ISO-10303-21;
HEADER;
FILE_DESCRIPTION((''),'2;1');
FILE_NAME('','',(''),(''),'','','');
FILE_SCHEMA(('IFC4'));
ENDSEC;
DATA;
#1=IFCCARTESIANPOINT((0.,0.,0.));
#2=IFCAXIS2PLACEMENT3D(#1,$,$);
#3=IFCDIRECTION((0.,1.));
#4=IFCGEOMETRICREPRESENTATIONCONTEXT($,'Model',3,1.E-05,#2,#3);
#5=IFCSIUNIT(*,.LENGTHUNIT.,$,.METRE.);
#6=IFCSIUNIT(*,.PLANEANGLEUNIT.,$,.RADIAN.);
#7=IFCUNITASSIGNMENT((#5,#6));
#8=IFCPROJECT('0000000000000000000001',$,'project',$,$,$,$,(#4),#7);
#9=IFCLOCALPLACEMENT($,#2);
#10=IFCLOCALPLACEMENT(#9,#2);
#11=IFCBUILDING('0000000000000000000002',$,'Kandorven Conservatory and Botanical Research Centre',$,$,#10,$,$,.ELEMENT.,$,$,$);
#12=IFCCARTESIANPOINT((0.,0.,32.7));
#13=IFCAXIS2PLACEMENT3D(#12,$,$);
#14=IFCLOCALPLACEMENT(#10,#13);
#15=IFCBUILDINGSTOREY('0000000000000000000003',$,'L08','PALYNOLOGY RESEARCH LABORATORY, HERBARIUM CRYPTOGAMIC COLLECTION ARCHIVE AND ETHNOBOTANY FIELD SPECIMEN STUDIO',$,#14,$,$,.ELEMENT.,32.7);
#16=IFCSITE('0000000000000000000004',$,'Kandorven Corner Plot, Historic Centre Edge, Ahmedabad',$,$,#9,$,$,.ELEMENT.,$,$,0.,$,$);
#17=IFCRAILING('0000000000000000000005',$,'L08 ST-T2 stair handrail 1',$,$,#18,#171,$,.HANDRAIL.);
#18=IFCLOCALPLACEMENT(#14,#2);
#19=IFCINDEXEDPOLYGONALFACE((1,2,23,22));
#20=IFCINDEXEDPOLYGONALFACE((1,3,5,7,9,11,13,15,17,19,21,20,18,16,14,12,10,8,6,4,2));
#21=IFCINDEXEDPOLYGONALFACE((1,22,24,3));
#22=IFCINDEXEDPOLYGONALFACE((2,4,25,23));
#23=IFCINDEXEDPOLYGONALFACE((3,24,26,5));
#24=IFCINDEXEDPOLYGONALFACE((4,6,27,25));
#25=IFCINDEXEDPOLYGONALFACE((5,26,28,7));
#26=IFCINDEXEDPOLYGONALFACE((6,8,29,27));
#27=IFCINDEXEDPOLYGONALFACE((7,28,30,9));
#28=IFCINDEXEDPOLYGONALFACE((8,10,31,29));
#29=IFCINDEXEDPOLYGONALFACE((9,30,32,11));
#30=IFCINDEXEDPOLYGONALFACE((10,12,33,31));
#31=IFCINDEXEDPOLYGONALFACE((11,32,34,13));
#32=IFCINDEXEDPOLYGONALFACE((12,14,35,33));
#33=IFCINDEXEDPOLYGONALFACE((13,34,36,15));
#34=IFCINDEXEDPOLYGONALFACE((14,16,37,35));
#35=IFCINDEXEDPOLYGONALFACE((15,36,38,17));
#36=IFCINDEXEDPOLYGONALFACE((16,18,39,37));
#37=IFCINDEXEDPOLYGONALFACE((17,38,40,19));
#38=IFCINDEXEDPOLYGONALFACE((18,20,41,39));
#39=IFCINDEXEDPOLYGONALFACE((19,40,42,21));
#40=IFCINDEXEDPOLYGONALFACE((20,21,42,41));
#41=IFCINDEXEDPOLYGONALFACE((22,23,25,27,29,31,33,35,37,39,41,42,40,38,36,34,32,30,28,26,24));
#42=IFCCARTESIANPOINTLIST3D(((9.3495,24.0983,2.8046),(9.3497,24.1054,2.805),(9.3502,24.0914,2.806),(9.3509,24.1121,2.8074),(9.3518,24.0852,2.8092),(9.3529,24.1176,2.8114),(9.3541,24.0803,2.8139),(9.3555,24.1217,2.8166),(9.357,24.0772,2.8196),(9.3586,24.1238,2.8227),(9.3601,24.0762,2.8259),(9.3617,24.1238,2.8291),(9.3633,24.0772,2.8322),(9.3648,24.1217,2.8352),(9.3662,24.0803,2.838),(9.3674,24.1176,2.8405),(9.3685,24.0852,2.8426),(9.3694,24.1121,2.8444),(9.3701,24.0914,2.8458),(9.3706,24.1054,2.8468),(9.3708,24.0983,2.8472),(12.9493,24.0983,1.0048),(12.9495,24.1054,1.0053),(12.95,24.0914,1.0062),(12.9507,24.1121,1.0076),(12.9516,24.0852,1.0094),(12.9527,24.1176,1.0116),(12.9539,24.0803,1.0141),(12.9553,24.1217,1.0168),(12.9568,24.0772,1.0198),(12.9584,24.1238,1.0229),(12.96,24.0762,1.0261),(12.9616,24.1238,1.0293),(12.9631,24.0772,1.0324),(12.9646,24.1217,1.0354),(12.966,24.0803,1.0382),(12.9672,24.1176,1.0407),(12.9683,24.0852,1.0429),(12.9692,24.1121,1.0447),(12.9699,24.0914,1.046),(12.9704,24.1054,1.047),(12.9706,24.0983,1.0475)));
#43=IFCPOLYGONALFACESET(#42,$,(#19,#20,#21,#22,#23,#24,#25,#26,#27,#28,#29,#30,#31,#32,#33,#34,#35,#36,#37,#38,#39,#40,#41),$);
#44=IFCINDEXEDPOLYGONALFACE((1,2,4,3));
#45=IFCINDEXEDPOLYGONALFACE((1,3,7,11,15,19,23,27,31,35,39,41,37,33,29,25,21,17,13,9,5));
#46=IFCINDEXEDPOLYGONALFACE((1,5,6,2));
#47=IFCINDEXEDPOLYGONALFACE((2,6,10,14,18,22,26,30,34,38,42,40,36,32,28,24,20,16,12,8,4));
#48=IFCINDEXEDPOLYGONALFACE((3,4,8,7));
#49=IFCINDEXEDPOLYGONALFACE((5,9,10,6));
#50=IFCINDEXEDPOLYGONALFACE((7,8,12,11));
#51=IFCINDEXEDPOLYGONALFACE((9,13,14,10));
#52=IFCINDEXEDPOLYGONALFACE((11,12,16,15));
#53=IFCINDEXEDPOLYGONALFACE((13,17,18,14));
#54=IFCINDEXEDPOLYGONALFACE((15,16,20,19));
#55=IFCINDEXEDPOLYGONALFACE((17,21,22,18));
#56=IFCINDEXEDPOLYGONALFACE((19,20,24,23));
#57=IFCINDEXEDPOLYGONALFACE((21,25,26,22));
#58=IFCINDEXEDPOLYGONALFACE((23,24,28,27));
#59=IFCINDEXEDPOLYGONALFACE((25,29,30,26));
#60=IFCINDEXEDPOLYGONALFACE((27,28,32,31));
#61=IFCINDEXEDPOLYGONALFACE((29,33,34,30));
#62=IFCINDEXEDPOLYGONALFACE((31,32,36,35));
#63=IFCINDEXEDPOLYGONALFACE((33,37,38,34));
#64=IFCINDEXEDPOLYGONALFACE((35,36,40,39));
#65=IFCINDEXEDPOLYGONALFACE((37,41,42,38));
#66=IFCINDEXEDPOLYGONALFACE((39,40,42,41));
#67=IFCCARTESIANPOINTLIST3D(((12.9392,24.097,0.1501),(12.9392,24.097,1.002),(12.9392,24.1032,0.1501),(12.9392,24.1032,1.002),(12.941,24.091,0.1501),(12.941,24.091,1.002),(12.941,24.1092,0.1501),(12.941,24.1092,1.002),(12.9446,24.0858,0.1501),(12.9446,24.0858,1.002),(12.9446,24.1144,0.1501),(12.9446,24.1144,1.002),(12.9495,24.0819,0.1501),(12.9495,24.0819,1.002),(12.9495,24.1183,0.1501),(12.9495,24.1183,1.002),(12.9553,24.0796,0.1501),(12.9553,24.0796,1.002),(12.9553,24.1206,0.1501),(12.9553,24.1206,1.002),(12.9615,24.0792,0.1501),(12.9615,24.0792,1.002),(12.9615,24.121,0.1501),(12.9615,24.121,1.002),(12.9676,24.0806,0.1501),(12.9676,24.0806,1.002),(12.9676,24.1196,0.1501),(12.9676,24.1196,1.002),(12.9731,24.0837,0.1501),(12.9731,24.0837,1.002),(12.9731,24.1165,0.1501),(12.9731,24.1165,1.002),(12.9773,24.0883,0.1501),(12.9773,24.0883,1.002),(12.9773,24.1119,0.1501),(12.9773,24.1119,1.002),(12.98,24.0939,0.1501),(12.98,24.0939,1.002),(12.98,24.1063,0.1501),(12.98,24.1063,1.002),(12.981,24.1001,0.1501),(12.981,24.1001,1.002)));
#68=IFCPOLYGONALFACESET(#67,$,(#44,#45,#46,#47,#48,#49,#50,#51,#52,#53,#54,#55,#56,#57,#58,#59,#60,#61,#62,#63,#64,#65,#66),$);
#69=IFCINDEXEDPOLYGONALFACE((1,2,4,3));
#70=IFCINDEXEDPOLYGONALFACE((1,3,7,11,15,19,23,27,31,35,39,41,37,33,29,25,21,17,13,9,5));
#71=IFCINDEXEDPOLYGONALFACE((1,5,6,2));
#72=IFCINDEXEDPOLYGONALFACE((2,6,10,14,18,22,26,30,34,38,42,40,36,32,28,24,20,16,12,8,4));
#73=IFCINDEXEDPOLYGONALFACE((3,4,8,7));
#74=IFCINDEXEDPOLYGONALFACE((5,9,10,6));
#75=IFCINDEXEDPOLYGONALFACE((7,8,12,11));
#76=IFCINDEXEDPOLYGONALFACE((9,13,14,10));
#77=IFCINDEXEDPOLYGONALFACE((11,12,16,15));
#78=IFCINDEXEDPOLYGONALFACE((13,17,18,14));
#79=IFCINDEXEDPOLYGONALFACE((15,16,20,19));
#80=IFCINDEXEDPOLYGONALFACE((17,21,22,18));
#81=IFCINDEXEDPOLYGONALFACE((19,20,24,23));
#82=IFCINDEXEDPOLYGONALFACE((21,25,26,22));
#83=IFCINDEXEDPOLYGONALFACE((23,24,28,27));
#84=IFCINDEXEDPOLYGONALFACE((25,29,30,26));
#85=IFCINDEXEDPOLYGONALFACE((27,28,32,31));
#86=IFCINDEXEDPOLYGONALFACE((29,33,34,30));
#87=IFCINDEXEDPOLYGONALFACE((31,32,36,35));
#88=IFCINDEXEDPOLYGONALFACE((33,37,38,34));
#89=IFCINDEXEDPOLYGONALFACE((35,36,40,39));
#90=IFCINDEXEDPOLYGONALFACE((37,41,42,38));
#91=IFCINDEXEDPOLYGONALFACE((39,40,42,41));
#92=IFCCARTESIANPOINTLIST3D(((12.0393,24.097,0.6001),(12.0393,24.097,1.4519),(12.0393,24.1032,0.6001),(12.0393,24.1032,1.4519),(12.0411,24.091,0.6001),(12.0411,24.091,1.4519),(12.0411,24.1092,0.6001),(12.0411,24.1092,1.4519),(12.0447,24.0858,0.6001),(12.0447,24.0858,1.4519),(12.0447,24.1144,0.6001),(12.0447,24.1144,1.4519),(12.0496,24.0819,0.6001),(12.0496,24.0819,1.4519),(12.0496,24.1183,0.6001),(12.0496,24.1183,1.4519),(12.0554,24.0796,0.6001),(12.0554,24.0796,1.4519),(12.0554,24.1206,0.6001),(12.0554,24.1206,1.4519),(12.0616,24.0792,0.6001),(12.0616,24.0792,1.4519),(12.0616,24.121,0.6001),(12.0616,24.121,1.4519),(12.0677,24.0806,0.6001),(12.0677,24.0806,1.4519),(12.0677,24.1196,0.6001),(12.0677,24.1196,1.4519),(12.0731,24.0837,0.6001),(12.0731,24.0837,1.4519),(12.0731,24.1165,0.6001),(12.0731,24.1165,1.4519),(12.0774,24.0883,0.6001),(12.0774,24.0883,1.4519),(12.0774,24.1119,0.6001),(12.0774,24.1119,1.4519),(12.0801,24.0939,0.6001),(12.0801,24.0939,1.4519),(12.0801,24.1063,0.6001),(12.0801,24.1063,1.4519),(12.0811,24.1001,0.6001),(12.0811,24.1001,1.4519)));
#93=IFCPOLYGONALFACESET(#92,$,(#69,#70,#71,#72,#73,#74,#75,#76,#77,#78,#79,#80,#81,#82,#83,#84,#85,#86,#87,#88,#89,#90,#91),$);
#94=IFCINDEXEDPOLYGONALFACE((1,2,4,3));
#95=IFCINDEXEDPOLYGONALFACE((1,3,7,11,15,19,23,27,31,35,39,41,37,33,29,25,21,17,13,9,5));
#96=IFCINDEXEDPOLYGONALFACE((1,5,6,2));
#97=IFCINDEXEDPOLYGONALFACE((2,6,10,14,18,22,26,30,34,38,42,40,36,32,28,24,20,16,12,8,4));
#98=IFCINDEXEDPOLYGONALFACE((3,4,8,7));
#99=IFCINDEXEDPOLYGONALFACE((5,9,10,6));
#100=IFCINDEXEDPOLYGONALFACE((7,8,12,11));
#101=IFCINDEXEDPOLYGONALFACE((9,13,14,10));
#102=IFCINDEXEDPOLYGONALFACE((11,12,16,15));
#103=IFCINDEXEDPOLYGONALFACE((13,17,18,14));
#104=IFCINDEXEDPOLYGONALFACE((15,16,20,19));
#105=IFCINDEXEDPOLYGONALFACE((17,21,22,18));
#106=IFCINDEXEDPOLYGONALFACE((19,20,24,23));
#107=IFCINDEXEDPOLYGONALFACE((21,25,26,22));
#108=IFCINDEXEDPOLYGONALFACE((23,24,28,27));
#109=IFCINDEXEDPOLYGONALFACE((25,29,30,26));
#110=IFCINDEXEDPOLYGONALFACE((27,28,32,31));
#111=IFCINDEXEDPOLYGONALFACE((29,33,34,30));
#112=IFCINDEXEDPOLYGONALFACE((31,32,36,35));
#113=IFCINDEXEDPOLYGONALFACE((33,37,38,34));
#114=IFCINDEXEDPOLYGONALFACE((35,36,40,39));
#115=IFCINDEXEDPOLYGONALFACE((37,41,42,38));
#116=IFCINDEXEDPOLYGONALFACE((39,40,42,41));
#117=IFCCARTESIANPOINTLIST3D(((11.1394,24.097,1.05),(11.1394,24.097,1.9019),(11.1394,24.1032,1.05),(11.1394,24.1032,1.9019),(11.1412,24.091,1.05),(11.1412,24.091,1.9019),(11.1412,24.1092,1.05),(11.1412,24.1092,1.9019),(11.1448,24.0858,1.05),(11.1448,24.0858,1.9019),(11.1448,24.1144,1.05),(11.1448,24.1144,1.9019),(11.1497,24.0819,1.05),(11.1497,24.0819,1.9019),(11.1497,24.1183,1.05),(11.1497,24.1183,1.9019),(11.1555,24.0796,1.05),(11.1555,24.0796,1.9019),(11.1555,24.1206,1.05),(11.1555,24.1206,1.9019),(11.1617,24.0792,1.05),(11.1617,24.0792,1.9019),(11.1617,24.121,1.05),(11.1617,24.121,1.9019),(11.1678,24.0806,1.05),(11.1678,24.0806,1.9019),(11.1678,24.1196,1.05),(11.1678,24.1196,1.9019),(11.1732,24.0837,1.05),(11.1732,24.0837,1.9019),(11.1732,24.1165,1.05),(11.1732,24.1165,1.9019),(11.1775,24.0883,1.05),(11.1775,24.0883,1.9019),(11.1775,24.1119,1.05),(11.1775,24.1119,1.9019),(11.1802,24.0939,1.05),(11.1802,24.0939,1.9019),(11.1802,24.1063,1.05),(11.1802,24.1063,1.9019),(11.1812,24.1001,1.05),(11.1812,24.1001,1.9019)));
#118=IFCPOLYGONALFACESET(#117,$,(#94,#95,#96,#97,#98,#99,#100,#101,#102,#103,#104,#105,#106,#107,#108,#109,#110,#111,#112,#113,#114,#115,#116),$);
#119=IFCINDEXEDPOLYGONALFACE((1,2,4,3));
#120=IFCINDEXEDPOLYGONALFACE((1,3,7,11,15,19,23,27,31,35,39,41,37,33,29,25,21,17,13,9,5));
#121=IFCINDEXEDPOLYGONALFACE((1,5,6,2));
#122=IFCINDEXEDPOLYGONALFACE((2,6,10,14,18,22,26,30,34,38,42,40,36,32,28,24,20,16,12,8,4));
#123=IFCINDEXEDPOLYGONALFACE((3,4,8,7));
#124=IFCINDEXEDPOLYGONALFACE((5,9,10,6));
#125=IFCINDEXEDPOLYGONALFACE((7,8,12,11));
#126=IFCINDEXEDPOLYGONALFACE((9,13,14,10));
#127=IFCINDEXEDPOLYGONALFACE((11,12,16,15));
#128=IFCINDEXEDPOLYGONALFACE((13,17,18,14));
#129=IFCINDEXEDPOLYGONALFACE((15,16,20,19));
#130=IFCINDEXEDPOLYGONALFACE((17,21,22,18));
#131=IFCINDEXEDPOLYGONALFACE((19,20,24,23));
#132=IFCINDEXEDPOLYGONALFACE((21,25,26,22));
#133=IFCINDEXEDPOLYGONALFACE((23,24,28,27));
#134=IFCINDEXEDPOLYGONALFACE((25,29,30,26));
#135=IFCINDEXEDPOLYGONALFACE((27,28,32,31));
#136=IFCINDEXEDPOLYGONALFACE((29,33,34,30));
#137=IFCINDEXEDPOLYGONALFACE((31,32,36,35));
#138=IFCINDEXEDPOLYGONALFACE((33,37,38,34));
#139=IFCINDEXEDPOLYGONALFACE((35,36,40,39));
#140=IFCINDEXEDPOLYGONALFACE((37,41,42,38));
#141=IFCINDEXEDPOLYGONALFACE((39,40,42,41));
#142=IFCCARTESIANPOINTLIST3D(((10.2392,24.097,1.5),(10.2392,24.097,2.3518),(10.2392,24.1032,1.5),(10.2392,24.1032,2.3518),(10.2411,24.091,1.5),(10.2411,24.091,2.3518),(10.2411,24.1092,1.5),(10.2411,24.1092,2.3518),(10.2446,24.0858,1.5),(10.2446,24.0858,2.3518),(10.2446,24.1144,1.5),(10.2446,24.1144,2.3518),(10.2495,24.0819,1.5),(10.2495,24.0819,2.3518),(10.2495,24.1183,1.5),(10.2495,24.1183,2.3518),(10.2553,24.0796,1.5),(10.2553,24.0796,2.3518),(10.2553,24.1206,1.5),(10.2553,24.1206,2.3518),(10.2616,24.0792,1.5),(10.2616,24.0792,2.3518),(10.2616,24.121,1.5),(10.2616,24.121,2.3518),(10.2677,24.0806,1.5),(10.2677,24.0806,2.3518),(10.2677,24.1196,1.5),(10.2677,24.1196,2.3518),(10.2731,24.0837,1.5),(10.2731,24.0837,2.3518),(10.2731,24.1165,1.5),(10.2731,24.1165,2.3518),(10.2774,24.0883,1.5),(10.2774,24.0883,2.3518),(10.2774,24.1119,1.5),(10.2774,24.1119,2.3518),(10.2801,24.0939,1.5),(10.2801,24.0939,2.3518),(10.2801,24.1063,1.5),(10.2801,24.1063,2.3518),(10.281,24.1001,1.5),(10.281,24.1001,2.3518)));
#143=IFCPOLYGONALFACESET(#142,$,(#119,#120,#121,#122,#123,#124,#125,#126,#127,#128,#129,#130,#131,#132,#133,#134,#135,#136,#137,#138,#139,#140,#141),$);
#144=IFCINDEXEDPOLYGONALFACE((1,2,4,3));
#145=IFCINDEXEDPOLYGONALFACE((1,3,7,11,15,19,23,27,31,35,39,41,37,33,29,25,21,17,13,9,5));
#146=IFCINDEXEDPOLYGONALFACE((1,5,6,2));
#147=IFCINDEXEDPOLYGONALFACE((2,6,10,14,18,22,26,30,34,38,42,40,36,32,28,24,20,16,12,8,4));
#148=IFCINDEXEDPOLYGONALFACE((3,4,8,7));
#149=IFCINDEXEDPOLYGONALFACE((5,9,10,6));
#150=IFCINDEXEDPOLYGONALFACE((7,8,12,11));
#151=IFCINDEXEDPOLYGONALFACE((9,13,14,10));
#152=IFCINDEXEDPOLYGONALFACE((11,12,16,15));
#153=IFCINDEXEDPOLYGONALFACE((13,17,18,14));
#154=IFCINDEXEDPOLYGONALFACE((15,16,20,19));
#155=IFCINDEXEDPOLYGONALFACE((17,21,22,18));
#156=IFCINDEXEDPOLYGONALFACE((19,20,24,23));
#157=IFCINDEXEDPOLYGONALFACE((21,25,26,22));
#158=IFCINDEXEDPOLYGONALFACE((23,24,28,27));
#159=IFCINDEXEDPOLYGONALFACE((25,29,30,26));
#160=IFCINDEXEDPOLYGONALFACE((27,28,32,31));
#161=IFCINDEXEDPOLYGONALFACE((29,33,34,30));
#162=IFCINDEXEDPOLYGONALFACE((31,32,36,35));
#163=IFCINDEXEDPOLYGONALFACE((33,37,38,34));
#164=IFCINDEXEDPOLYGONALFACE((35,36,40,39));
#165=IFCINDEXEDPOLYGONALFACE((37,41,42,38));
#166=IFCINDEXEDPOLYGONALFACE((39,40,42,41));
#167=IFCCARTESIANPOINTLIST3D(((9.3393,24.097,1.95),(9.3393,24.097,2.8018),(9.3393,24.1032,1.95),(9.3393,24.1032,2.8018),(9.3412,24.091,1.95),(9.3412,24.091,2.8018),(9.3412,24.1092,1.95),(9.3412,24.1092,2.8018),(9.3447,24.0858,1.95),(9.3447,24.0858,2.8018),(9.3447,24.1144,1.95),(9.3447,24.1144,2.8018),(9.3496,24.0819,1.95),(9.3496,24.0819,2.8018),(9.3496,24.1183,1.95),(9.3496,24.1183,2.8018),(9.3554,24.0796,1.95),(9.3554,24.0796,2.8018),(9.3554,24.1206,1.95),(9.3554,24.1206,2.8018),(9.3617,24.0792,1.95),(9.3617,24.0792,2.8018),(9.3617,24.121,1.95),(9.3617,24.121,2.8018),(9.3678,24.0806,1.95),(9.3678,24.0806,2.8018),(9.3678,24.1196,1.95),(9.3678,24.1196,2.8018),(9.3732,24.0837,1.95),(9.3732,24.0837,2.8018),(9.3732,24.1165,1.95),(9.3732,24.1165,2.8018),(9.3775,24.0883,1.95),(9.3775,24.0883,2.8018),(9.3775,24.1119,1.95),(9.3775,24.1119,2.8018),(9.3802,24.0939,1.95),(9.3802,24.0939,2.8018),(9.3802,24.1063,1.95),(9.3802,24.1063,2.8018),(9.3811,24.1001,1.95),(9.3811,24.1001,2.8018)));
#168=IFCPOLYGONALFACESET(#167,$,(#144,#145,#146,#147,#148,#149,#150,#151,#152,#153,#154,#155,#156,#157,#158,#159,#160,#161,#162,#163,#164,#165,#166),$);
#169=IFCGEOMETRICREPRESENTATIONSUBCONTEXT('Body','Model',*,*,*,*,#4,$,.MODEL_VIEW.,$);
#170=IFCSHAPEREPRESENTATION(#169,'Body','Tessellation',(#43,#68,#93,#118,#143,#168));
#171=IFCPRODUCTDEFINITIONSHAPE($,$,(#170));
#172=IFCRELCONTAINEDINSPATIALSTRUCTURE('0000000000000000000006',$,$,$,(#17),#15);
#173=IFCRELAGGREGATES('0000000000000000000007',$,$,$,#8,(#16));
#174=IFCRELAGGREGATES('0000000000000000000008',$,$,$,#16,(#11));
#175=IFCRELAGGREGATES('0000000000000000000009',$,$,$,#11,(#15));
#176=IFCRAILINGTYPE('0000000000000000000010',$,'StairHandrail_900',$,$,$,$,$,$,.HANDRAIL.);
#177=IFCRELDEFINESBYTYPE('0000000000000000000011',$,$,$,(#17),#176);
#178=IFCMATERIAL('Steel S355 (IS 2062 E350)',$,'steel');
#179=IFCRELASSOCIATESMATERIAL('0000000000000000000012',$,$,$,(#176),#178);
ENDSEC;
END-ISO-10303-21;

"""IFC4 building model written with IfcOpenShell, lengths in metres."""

from ifc_helpers import new_model, si_unit, direction, frame, origin, origin_2d, place, context, subcontext, project, spatial, circle, extrude, material, type_object, element, save


model = new_model("IFC4")

# Units and contexts
model_context = context("Model", 3, precision=1e-05, world=origin(), true_north=direction((0.0, 1.0)))
body_context = subcontext(model_context, "Body", "Model", "MODEL_VIEW")
ifc_project = project(units=[si_unit("LENGTHUNIT", "METRE"), si_unit("PLANEANGLEUNIT", "RADIAN")], contexts=[model_context])

# Site, building, storey
site_placement = place(None, origin())
site = spatial("IfcSite", under=ifc_project, at=site_placement, Name="Kandorven Corner Plot, Historic Centre Edge, Ahmedabad", CompositionType="ELEMENT", RefElevation=0.0)
building_placement = place(site_placement, origin())
building = spatial("IfcBuilding", under=site, at=building_placement, Name="Kandorven Conservatory and Botanical Research Centre", CompositionType="ELEMENT")
storey_placement = place(building_placement, frame((0.0, 0.0, 32.7)))
storey = spatial("IfcBuildingStorey", under=building, at=storey_placement, Name="L08", Description="PALYNOLOGY RESEARCH LABORATORY, HERBARIUM CRYPTOGAMIC COLLECTION ARCHIVE AND ETHNOBOTANY FIELD SPECIMEN STUDIO", CompositionType="ELEMENT", Elevation=32.7)

# Railing
ifc_material_1 = material(Name="Steel S355 (IS 2062 E350)", Category="steel")
railing_type_1 = type_object("IfcRailingType", Name="StairHandrail_900", PredefinedType="HANDRAIL", material=ifc_material_1)
railing_1_placement = place(storey_placement, frame((12.96, 24.1001, 0.1501)))
element("IfcRailing", 1, at=railing_1_placement, inside=storey, type_object=railing_type_1, Name="L08 ST-T2 stair handrail 1", PredefinedType="HANDRAIL", context=body_context, shape_type="SweptSolid", body=[
    extrude(circle(Radius=0.0239, at=origin_2d()), frame((0.0, 0.0, 0.876), z_axis=(-0.894439, 0.0, 0.447189), x_axis=(0.0, -1.0, 0.0)), (0.0, 0.0, 1.0), 4.0247),
    extrude(circle(Radius=0.021, at=origin_2d()), origin(), (0.0, 0.0, 1.0), 0.8518),
    extrude(circle(Radius=0.021, at=origin_2d()), frame((-0.8999, 0.0, 0.45)), (0.0, 0.0, 1.0), 0.8518),
    extrude(circle(Radius=0.021, at=origin_2d()), frame((-1.7998, 0.0, 0.8999)), (0.0, 0.0, 1.0), 0.8518),
    extrude(circle(Radius=0.021, at=origin_2d()), frame((-2.7, 0.0, 1.3499)), (0.0, 0.0, 1.0), 0.8518),
    extrude(circle(Radius=0.021, at=origin_2d()), frame((-3.5999, 0.0, 1.7998)), (0.0, 0.0, 1.0), 0.8518),
])

save(model, "model.ifc")
